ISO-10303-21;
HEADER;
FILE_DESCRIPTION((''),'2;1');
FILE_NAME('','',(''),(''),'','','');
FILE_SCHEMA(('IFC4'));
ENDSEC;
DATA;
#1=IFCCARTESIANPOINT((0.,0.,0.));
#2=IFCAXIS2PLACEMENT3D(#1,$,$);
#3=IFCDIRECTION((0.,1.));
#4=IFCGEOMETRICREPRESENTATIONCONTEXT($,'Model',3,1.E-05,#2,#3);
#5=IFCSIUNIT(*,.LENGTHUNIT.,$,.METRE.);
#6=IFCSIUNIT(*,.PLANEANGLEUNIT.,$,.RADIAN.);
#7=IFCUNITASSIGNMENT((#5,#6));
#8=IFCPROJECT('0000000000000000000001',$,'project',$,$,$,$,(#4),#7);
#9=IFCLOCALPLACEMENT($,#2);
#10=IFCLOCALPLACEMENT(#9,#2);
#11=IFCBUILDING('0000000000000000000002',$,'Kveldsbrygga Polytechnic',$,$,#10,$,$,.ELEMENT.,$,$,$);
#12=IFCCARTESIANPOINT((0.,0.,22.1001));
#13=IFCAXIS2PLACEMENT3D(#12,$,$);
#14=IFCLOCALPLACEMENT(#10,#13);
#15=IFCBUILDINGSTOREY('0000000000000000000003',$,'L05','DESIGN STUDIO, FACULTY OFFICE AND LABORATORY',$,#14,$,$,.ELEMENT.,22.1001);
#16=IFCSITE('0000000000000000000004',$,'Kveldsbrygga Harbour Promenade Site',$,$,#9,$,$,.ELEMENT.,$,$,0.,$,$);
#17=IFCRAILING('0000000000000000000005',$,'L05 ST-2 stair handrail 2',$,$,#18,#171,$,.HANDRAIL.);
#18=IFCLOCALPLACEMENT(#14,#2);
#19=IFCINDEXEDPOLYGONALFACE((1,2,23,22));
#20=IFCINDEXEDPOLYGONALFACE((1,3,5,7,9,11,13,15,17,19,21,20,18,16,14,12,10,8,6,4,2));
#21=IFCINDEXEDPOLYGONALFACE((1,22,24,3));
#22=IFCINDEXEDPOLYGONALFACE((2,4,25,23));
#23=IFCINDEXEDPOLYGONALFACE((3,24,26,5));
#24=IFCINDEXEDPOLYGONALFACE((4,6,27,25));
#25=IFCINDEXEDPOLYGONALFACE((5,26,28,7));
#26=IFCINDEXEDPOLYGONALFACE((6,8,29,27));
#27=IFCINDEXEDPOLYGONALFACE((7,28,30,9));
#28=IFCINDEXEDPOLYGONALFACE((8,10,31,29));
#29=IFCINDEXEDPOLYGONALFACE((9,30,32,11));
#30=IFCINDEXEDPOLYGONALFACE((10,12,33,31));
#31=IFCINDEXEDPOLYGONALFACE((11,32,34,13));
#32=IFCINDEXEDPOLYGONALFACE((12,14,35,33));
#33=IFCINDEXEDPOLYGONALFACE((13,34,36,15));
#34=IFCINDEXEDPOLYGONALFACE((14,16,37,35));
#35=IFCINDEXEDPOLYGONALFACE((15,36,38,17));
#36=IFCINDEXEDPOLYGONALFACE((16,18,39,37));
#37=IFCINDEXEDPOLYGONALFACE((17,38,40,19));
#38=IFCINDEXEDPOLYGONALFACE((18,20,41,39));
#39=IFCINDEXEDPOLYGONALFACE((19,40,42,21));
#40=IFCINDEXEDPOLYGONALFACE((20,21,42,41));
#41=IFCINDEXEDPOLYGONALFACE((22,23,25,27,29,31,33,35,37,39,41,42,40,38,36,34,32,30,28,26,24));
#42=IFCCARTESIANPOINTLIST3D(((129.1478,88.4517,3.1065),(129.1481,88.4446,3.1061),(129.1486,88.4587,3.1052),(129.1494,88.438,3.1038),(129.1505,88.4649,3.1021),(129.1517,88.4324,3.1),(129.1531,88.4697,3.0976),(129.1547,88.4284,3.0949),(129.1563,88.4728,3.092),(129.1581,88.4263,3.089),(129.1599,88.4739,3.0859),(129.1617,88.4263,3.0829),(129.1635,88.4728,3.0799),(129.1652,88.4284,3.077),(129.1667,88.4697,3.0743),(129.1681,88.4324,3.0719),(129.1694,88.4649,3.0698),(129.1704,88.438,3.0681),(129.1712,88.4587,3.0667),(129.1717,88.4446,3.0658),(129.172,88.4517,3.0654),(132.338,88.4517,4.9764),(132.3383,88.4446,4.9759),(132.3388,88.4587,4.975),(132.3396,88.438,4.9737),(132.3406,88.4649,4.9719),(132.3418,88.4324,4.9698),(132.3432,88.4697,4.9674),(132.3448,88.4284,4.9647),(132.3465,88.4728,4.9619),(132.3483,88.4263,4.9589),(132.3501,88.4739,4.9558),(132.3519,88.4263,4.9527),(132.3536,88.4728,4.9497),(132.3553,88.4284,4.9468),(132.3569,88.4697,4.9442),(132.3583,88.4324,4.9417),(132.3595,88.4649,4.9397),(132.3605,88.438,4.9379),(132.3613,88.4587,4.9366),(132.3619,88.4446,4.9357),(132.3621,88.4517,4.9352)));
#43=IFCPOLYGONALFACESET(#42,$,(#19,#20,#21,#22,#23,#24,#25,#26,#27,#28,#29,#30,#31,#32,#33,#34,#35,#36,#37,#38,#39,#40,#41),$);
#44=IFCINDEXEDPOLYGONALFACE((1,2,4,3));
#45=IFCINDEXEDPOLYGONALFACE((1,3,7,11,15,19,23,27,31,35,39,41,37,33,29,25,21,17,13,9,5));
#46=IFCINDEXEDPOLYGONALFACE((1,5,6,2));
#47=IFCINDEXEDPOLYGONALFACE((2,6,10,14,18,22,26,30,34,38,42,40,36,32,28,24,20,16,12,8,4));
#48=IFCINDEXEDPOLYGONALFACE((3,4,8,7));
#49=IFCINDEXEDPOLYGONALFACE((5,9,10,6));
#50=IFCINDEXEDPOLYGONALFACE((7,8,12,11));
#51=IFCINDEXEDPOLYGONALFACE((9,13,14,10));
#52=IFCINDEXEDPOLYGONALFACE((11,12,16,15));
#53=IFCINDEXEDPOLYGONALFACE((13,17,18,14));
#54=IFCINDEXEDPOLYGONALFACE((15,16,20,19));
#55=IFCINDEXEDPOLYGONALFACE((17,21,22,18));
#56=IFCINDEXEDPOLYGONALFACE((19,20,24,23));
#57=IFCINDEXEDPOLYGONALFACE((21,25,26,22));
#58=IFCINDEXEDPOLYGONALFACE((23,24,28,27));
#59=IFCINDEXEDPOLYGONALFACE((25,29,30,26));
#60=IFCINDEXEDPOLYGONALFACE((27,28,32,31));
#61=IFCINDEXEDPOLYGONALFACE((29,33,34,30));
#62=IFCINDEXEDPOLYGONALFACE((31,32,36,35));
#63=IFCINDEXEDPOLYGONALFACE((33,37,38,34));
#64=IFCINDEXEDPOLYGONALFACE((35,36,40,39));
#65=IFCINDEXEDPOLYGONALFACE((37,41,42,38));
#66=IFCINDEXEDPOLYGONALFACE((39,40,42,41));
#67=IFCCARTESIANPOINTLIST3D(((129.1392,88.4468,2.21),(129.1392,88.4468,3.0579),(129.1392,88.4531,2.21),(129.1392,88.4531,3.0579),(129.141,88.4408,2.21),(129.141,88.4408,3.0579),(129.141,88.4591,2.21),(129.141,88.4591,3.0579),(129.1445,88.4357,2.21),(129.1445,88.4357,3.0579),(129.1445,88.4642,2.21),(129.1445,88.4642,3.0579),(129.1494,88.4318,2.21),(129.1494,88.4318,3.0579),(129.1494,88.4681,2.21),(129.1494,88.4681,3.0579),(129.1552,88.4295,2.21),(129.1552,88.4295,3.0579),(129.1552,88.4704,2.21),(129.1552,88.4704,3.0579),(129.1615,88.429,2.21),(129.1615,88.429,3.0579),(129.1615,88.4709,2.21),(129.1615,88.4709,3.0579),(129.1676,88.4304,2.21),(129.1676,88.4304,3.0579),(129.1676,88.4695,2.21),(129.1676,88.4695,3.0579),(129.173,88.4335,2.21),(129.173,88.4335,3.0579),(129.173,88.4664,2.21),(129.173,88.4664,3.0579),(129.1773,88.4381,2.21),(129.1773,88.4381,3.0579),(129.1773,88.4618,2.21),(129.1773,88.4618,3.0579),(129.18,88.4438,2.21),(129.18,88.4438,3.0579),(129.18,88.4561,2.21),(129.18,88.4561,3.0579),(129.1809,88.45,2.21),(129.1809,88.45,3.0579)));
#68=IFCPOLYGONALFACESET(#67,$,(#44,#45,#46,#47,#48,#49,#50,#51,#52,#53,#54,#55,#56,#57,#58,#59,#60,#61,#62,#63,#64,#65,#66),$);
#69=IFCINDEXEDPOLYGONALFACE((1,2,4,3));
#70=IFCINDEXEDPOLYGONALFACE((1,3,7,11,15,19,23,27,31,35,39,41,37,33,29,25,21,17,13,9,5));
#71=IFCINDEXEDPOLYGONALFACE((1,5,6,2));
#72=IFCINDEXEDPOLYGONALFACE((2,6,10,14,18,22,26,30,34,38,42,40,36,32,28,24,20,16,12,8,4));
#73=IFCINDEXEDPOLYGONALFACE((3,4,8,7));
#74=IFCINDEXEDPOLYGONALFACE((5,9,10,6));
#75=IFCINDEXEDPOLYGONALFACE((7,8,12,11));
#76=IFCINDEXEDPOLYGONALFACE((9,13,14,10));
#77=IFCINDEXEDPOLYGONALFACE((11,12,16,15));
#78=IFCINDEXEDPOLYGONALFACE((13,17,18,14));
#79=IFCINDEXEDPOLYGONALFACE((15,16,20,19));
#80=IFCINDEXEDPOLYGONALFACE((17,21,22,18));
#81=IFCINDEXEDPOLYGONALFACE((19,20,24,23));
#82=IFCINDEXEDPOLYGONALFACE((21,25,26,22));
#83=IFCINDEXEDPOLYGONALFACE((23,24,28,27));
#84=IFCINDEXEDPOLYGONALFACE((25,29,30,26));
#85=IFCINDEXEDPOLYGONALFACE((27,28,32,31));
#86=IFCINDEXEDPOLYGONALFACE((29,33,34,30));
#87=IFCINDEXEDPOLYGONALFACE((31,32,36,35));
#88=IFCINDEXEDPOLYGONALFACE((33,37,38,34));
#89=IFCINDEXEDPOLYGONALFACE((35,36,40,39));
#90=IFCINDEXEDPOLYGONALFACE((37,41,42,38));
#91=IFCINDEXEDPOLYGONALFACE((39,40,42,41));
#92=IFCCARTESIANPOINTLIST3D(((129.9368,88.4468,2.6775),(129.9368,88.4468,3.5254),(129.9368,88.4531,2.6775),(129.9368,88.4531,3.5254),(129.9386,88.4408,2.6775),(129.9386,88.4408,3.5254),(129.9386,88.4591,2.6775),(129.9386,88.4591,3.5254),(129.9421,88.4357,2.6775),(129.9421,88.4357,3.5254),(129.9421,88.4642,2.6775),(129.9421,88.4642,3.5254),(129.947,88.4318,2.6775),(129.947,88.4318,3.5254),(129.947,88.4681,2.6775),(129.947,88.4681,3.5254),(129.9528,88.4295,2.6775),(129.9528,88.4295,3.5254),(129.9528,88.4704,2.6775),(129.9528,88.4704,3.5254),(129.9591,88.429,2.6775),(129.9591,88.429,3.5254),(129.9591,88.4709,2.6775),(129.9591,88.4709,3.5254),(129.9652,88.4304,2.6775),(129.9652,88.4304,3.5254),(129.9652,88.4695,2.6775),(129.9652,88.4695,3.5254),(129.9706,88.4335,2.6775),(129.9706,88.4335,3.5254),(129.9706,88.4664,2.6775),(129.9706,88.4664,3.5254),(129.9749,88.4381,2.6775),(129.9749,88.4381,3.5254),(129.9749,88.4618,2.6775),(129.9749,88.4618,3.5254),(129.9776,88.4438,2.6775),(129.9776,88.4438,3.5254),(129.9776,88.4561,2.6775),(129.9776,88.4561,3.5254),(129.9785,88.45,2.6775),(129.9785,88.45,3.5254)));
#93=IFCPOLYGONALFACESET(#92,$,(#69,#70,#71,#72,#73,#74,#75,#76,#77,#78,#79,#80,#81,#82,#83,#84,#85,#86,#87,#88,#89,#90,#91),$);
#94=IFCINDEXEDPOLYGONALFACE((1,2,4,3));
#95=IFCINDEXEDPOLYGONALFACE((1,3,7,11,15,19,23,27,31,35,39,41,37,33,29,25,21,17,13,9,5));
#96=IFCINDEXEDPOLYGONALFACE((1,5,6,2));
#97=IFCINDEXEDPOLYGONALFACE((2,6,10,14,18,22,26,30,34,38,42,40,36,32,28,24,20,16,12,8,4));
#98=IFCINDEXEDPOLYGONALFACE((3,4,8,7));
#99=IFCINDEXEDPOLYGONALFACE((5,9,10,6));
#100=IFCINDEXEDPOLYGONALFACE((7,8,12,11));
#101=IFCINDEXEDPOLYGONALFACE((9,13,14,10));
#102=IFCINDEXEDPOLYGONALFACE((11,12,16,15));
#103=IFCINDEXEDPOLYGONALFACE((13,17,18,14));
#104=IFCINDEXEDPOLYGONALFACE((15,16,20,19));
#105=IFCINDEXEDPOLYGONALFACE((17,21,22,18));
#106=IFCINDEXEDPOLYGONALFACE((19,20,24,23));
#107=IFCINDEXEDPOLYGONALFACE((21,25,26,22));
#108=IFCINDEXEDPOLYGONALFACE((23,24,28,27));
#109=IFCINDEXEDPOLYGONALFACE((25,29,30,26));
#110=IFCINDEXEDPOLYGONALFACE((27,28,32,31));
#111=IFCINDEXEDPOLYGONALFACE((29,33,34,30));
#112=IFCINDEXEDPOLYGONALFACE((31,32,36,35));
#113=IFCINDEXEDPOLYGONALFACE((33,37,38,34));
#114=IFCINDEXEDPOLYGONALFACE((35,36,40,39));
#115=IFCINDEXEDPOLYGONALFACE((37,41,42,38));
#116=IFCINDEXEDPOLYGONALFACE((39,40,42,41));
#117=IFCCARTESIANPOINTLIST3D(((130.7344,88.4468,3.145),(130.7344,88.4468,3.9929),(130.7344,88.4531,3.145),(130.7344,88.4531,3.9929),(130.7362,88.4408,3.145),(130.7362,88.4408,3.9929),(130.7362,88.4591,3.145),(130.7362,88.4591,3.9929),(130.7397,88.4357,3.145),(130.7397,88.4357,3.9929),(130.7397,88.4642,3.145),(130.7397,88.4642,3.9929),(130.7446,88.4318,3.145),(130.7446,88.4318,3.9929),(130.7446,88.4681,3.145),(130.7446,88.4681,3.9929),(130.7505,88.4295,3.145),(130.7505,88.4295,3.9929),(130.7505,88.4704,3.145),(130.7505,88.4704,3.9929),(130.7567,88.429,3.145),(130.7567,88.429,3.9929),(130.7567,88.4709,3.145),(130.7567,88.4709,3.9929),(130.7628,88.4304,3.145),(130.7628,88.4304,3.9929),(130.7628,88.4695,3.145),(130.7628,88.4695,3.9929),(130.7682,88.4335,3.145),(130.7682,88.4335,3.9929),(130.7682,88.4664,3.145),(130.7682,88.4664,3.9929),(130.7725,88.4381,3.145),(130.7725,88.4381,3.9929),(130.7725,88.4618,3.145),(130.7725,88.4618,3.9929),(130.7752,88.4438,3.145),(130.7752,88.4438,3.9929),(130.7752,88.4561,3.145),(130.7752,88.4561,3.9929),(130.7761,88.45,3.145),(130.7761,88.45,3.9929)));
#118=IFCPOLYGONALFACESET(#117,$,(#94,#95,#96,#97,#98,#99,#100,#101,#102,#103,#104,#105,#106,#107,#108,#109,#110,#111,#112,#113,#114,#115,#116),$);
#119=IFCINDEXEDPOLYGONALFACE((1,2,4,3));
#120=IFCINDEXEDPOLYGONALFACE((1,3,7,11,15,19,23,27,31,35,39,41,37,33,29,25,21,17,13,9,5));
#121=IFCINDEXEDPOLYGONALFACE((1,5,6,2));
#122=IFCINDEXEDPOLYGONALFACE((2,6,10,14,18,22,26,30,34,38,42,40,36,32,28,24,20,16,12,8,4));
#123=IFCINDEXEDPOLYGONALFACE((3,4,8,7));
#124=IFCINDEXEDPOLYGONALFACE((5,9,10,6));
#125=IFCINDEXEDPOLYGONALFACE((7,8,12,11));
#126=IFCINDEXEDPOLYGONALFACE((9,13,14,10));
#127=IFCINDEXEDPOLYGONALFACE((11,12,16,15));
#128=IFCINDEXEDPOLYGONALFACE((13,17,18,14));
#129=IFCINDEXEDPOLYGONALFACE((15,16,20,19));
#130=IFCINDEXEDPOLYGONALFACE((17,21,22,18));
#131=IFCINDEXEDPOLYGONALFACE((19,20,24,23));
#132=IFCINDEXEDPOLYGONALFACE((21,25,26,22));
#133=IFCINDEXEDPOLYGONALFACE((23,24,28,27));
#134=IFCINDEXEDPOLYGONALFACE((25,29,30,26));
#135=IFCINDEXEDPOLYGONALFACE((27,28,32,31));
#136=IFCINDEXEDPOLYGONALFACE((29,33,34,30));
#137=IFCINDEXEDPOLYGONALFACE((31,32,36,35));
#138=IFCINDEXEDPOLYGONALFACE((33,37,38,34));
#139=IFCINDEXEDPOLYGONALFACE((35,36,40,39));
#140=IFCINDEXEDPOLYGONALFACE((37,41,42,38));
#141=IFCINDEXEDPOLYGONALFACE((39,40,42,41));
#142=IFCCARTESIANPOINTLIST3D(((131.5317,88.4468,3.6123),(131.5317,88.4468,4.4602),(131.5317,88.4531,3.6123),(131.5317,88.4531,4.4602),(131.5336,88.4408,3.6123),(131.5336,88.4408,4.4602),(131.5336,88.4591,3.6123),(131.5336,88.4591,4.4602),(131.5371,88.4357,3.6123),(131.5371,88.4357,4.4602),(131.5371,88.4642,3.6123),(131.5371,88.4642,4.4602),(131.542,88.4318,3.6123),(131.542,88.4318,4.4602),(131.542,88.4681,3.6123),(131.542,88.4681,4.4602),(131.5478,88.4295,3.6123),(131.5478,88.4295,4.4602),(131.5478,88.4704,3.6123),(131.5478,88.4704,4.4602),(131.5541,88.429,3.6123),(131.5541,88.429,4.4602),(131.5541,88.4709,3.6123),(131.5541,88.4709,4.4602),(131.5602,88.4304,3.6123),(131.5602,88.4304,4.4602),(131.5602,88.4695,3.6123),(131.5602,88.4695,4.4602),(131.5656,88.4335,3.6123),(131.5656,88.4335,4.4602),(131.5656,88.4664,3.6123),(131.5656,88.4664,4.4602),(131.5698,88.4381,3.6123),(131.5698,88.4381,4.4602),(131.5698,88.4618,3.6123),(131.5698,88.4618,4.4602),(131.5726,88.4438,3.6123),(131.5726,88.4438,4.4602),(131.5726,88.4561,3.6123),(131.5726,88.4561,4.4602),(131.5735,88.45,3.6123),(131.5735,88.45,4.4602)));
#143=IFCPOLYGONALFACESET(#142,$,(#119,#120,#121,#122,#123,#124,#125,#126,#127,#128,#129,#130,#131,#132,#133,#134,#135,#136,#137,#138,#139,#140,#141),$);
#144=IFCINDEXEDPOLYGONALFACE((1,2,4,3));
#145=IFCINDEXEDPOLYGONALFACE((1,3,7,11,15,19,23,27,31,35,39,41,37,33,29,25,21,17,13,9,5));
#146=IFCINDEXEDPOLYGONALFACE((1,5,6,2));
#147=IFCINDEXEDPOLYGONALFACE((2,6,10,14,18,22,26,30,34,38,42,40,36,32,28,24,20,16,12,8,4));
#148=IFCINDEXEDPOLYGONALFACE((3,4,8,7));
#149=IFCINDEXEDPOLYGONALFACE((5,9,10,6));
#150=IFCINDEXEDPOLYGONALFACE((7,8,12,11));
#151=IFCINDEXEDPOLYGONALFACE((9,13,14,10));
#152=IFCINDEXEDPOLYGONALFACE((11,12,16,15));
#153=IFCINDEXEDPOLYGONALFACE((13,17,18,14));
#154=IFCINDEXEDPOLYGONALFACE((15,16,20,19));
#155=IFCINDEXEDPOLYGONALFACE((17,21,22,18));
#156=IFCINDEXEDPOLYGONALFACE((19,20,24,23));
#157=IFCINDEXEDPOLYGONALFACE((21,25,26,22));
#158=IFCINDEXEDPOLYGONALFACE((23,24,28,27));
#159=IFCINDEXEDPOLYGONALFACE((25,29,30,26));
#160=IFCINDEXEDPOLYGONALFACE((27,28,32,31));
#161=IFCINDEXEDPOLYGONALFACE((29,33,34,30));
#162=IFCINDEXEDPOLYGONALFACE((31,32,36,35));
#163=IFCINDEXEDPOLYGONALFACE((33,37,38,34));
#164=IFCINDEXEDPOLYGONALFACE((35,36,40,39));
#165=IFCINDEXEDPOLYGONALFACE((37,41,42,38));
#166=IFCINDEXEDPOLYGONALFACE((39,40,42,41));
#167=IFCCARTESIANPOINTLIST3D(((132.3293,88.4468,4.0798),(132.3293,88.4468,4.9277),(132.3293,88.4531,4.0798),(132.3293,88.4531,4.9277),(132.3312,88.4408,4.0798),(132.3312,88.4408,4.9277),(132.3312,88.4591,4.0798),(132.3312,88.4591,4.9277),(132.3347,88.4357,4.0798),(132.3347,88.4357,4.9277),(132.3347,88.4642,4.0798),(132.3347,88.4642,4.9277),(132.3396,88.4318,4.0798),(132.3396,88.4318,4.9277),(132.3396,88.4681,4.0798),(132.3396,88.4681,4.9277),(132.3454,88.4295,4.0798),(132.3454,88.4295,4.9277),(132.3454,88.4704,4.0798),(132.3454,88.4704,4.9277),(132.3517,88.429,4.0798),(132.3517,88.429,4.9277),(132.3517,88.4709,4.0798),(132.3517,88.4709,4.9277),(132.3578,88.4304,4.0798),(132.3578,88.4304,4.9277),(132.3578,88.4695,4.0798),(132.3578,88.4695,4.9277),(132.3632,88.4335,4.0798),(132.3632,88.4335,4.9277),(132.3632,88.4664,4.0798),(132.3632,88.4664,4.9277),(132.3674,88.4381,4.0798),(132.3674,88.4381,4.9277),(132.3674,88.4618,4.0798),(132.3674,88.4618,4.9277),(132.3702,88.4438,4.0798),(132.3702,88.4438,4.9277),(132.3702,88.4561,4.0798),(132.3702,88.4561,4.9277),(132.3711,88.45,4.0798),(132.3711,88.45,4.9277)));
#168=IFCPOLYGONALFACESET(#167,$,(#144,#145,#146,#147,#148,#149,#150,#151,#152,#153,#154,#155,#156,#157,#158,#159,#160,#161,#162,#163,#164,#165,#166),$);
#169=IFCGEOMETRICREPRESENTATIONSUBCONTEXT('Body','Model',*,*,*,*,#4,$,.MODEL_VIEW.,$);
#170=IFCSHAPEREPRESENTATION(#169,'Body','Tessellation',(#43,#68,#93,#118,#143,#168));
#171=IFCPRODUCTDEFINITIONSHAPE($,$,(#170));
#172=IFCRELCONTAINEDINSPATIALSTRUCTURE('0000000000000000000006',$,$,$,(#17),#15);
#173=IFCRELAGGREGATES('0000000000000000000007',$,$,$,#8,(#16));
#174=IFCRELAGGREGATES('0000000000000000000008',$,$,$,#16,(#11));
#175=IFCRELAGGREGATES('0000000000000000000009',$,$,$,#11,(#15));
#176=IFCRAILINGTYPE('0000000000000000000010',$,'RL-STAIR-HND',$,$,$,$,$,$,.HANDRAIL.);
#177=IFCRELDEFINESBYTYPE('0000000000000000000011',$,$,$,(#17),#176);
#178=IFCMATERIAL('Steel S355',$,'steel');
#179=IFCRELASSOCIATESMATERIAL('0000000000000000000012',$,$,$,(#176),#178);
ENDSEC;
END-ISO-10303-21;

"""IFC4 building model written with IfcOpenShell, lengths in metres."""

from ifc_helpers import new_model, si_unit, direction, frame, origin, origin_2d, place, context, subcontext, project, spatial, circle, extrude, material, type_object, element, save


model = new_model("IFC4")

# Units and contexts
model_context = context("Model", 3, precision=1e-05, world=origin(), true_north=direction((0.0, 1.0)))
body_context = subcontext(model_context, "Body", "Model", "MODEL_VIEW")
ifc_project = project(units=[si_unit("LENGTHUNIT", "METRE"), si_unit("PLANEANGLEUNIT", "RADIAN")], contexts=[model_context])

# Site, building, storey
site_placement = place(None, origin())
site = spatial("IfcSite", under=ifc_project, at=site_placement, Name="Kveldsbrygga Harbour Promenade Site", CompositionType="ELEMENT", RefElevation=0.0)
building_placement = place(site_placement, origin())
building = spatial("IfcBuilding", under=site, at=building_placement, Name="Kveldsbrygga Polytechnic", CompositionType="ELEMENT")
storey_placement = place(building_placement, frame((0.0, 0.0, 22.1001)))
storey = spatial("IfcBuildingStorey", under=building, at=storey_placement, Name="L05", Description="DESIGN STUDIO, FACULTY OFFICE AND LABORATORY", CompositionType="ELEMENT", Elevation=22.1001)

# Railing
ifc_material_1 = material(Name="Steel S355", Category="steel")
railing_type_1 = type_object("IfcRailingType", Name="RL-STAIR-HND", PredefinedType="HANDRAIL", material=ifc_material_1)
railing_1_placement = place(storey_placement, frame((129.1599, 88.45, 2.21)))
element("IfcRailing", 1, at=railing_1_placement, inside=storey, type_object=railing_type_1, Name="L05 ST-2 stair handrail 2", PredefinedType="HANDRAIL", context=body_context, shape_type="SweptSolid", body=[
    extrude(circle(Radius=0.0239, at=origin_2d()), frame((0.0, 0.0, 0.876), z_axis=(0.862726, 0.0, 0.505672), x_axis=(0.0, 1.0, 0.0)), (0.0, 0.0, 1.0), 3.6978),
    extrude(circle(Radius=0.021, at=origin_2d()), origin(), (0.0, 0.0, 1.0), 0.8479),
    extrude(circle(Radius=0.021, at=origin_2d()), frame((0.7976, 0.0, 0.4675)), (0.0, 0.0, 1.0), 0.8479),
    extrude(circle(Radius=0.021, at=origin_2d()), frame((1.5952, 0.0, 0.9351)), (0.0, 0.0, 1.0), 0.8479),
    extrude(circle(Radius=0.021, at=origin_2d()), frame((2.3926, 0.0, 1.4023)), (0.0, 0.0, 1.0), 0.8479),
    extrude(circle(Radius=0.021, at=origin_2d()), frame((3.1902, 0.0, 1.8699)), (0.0, 0.0, 1.0), 0.8479),
])

save(model, "model.ifc")
